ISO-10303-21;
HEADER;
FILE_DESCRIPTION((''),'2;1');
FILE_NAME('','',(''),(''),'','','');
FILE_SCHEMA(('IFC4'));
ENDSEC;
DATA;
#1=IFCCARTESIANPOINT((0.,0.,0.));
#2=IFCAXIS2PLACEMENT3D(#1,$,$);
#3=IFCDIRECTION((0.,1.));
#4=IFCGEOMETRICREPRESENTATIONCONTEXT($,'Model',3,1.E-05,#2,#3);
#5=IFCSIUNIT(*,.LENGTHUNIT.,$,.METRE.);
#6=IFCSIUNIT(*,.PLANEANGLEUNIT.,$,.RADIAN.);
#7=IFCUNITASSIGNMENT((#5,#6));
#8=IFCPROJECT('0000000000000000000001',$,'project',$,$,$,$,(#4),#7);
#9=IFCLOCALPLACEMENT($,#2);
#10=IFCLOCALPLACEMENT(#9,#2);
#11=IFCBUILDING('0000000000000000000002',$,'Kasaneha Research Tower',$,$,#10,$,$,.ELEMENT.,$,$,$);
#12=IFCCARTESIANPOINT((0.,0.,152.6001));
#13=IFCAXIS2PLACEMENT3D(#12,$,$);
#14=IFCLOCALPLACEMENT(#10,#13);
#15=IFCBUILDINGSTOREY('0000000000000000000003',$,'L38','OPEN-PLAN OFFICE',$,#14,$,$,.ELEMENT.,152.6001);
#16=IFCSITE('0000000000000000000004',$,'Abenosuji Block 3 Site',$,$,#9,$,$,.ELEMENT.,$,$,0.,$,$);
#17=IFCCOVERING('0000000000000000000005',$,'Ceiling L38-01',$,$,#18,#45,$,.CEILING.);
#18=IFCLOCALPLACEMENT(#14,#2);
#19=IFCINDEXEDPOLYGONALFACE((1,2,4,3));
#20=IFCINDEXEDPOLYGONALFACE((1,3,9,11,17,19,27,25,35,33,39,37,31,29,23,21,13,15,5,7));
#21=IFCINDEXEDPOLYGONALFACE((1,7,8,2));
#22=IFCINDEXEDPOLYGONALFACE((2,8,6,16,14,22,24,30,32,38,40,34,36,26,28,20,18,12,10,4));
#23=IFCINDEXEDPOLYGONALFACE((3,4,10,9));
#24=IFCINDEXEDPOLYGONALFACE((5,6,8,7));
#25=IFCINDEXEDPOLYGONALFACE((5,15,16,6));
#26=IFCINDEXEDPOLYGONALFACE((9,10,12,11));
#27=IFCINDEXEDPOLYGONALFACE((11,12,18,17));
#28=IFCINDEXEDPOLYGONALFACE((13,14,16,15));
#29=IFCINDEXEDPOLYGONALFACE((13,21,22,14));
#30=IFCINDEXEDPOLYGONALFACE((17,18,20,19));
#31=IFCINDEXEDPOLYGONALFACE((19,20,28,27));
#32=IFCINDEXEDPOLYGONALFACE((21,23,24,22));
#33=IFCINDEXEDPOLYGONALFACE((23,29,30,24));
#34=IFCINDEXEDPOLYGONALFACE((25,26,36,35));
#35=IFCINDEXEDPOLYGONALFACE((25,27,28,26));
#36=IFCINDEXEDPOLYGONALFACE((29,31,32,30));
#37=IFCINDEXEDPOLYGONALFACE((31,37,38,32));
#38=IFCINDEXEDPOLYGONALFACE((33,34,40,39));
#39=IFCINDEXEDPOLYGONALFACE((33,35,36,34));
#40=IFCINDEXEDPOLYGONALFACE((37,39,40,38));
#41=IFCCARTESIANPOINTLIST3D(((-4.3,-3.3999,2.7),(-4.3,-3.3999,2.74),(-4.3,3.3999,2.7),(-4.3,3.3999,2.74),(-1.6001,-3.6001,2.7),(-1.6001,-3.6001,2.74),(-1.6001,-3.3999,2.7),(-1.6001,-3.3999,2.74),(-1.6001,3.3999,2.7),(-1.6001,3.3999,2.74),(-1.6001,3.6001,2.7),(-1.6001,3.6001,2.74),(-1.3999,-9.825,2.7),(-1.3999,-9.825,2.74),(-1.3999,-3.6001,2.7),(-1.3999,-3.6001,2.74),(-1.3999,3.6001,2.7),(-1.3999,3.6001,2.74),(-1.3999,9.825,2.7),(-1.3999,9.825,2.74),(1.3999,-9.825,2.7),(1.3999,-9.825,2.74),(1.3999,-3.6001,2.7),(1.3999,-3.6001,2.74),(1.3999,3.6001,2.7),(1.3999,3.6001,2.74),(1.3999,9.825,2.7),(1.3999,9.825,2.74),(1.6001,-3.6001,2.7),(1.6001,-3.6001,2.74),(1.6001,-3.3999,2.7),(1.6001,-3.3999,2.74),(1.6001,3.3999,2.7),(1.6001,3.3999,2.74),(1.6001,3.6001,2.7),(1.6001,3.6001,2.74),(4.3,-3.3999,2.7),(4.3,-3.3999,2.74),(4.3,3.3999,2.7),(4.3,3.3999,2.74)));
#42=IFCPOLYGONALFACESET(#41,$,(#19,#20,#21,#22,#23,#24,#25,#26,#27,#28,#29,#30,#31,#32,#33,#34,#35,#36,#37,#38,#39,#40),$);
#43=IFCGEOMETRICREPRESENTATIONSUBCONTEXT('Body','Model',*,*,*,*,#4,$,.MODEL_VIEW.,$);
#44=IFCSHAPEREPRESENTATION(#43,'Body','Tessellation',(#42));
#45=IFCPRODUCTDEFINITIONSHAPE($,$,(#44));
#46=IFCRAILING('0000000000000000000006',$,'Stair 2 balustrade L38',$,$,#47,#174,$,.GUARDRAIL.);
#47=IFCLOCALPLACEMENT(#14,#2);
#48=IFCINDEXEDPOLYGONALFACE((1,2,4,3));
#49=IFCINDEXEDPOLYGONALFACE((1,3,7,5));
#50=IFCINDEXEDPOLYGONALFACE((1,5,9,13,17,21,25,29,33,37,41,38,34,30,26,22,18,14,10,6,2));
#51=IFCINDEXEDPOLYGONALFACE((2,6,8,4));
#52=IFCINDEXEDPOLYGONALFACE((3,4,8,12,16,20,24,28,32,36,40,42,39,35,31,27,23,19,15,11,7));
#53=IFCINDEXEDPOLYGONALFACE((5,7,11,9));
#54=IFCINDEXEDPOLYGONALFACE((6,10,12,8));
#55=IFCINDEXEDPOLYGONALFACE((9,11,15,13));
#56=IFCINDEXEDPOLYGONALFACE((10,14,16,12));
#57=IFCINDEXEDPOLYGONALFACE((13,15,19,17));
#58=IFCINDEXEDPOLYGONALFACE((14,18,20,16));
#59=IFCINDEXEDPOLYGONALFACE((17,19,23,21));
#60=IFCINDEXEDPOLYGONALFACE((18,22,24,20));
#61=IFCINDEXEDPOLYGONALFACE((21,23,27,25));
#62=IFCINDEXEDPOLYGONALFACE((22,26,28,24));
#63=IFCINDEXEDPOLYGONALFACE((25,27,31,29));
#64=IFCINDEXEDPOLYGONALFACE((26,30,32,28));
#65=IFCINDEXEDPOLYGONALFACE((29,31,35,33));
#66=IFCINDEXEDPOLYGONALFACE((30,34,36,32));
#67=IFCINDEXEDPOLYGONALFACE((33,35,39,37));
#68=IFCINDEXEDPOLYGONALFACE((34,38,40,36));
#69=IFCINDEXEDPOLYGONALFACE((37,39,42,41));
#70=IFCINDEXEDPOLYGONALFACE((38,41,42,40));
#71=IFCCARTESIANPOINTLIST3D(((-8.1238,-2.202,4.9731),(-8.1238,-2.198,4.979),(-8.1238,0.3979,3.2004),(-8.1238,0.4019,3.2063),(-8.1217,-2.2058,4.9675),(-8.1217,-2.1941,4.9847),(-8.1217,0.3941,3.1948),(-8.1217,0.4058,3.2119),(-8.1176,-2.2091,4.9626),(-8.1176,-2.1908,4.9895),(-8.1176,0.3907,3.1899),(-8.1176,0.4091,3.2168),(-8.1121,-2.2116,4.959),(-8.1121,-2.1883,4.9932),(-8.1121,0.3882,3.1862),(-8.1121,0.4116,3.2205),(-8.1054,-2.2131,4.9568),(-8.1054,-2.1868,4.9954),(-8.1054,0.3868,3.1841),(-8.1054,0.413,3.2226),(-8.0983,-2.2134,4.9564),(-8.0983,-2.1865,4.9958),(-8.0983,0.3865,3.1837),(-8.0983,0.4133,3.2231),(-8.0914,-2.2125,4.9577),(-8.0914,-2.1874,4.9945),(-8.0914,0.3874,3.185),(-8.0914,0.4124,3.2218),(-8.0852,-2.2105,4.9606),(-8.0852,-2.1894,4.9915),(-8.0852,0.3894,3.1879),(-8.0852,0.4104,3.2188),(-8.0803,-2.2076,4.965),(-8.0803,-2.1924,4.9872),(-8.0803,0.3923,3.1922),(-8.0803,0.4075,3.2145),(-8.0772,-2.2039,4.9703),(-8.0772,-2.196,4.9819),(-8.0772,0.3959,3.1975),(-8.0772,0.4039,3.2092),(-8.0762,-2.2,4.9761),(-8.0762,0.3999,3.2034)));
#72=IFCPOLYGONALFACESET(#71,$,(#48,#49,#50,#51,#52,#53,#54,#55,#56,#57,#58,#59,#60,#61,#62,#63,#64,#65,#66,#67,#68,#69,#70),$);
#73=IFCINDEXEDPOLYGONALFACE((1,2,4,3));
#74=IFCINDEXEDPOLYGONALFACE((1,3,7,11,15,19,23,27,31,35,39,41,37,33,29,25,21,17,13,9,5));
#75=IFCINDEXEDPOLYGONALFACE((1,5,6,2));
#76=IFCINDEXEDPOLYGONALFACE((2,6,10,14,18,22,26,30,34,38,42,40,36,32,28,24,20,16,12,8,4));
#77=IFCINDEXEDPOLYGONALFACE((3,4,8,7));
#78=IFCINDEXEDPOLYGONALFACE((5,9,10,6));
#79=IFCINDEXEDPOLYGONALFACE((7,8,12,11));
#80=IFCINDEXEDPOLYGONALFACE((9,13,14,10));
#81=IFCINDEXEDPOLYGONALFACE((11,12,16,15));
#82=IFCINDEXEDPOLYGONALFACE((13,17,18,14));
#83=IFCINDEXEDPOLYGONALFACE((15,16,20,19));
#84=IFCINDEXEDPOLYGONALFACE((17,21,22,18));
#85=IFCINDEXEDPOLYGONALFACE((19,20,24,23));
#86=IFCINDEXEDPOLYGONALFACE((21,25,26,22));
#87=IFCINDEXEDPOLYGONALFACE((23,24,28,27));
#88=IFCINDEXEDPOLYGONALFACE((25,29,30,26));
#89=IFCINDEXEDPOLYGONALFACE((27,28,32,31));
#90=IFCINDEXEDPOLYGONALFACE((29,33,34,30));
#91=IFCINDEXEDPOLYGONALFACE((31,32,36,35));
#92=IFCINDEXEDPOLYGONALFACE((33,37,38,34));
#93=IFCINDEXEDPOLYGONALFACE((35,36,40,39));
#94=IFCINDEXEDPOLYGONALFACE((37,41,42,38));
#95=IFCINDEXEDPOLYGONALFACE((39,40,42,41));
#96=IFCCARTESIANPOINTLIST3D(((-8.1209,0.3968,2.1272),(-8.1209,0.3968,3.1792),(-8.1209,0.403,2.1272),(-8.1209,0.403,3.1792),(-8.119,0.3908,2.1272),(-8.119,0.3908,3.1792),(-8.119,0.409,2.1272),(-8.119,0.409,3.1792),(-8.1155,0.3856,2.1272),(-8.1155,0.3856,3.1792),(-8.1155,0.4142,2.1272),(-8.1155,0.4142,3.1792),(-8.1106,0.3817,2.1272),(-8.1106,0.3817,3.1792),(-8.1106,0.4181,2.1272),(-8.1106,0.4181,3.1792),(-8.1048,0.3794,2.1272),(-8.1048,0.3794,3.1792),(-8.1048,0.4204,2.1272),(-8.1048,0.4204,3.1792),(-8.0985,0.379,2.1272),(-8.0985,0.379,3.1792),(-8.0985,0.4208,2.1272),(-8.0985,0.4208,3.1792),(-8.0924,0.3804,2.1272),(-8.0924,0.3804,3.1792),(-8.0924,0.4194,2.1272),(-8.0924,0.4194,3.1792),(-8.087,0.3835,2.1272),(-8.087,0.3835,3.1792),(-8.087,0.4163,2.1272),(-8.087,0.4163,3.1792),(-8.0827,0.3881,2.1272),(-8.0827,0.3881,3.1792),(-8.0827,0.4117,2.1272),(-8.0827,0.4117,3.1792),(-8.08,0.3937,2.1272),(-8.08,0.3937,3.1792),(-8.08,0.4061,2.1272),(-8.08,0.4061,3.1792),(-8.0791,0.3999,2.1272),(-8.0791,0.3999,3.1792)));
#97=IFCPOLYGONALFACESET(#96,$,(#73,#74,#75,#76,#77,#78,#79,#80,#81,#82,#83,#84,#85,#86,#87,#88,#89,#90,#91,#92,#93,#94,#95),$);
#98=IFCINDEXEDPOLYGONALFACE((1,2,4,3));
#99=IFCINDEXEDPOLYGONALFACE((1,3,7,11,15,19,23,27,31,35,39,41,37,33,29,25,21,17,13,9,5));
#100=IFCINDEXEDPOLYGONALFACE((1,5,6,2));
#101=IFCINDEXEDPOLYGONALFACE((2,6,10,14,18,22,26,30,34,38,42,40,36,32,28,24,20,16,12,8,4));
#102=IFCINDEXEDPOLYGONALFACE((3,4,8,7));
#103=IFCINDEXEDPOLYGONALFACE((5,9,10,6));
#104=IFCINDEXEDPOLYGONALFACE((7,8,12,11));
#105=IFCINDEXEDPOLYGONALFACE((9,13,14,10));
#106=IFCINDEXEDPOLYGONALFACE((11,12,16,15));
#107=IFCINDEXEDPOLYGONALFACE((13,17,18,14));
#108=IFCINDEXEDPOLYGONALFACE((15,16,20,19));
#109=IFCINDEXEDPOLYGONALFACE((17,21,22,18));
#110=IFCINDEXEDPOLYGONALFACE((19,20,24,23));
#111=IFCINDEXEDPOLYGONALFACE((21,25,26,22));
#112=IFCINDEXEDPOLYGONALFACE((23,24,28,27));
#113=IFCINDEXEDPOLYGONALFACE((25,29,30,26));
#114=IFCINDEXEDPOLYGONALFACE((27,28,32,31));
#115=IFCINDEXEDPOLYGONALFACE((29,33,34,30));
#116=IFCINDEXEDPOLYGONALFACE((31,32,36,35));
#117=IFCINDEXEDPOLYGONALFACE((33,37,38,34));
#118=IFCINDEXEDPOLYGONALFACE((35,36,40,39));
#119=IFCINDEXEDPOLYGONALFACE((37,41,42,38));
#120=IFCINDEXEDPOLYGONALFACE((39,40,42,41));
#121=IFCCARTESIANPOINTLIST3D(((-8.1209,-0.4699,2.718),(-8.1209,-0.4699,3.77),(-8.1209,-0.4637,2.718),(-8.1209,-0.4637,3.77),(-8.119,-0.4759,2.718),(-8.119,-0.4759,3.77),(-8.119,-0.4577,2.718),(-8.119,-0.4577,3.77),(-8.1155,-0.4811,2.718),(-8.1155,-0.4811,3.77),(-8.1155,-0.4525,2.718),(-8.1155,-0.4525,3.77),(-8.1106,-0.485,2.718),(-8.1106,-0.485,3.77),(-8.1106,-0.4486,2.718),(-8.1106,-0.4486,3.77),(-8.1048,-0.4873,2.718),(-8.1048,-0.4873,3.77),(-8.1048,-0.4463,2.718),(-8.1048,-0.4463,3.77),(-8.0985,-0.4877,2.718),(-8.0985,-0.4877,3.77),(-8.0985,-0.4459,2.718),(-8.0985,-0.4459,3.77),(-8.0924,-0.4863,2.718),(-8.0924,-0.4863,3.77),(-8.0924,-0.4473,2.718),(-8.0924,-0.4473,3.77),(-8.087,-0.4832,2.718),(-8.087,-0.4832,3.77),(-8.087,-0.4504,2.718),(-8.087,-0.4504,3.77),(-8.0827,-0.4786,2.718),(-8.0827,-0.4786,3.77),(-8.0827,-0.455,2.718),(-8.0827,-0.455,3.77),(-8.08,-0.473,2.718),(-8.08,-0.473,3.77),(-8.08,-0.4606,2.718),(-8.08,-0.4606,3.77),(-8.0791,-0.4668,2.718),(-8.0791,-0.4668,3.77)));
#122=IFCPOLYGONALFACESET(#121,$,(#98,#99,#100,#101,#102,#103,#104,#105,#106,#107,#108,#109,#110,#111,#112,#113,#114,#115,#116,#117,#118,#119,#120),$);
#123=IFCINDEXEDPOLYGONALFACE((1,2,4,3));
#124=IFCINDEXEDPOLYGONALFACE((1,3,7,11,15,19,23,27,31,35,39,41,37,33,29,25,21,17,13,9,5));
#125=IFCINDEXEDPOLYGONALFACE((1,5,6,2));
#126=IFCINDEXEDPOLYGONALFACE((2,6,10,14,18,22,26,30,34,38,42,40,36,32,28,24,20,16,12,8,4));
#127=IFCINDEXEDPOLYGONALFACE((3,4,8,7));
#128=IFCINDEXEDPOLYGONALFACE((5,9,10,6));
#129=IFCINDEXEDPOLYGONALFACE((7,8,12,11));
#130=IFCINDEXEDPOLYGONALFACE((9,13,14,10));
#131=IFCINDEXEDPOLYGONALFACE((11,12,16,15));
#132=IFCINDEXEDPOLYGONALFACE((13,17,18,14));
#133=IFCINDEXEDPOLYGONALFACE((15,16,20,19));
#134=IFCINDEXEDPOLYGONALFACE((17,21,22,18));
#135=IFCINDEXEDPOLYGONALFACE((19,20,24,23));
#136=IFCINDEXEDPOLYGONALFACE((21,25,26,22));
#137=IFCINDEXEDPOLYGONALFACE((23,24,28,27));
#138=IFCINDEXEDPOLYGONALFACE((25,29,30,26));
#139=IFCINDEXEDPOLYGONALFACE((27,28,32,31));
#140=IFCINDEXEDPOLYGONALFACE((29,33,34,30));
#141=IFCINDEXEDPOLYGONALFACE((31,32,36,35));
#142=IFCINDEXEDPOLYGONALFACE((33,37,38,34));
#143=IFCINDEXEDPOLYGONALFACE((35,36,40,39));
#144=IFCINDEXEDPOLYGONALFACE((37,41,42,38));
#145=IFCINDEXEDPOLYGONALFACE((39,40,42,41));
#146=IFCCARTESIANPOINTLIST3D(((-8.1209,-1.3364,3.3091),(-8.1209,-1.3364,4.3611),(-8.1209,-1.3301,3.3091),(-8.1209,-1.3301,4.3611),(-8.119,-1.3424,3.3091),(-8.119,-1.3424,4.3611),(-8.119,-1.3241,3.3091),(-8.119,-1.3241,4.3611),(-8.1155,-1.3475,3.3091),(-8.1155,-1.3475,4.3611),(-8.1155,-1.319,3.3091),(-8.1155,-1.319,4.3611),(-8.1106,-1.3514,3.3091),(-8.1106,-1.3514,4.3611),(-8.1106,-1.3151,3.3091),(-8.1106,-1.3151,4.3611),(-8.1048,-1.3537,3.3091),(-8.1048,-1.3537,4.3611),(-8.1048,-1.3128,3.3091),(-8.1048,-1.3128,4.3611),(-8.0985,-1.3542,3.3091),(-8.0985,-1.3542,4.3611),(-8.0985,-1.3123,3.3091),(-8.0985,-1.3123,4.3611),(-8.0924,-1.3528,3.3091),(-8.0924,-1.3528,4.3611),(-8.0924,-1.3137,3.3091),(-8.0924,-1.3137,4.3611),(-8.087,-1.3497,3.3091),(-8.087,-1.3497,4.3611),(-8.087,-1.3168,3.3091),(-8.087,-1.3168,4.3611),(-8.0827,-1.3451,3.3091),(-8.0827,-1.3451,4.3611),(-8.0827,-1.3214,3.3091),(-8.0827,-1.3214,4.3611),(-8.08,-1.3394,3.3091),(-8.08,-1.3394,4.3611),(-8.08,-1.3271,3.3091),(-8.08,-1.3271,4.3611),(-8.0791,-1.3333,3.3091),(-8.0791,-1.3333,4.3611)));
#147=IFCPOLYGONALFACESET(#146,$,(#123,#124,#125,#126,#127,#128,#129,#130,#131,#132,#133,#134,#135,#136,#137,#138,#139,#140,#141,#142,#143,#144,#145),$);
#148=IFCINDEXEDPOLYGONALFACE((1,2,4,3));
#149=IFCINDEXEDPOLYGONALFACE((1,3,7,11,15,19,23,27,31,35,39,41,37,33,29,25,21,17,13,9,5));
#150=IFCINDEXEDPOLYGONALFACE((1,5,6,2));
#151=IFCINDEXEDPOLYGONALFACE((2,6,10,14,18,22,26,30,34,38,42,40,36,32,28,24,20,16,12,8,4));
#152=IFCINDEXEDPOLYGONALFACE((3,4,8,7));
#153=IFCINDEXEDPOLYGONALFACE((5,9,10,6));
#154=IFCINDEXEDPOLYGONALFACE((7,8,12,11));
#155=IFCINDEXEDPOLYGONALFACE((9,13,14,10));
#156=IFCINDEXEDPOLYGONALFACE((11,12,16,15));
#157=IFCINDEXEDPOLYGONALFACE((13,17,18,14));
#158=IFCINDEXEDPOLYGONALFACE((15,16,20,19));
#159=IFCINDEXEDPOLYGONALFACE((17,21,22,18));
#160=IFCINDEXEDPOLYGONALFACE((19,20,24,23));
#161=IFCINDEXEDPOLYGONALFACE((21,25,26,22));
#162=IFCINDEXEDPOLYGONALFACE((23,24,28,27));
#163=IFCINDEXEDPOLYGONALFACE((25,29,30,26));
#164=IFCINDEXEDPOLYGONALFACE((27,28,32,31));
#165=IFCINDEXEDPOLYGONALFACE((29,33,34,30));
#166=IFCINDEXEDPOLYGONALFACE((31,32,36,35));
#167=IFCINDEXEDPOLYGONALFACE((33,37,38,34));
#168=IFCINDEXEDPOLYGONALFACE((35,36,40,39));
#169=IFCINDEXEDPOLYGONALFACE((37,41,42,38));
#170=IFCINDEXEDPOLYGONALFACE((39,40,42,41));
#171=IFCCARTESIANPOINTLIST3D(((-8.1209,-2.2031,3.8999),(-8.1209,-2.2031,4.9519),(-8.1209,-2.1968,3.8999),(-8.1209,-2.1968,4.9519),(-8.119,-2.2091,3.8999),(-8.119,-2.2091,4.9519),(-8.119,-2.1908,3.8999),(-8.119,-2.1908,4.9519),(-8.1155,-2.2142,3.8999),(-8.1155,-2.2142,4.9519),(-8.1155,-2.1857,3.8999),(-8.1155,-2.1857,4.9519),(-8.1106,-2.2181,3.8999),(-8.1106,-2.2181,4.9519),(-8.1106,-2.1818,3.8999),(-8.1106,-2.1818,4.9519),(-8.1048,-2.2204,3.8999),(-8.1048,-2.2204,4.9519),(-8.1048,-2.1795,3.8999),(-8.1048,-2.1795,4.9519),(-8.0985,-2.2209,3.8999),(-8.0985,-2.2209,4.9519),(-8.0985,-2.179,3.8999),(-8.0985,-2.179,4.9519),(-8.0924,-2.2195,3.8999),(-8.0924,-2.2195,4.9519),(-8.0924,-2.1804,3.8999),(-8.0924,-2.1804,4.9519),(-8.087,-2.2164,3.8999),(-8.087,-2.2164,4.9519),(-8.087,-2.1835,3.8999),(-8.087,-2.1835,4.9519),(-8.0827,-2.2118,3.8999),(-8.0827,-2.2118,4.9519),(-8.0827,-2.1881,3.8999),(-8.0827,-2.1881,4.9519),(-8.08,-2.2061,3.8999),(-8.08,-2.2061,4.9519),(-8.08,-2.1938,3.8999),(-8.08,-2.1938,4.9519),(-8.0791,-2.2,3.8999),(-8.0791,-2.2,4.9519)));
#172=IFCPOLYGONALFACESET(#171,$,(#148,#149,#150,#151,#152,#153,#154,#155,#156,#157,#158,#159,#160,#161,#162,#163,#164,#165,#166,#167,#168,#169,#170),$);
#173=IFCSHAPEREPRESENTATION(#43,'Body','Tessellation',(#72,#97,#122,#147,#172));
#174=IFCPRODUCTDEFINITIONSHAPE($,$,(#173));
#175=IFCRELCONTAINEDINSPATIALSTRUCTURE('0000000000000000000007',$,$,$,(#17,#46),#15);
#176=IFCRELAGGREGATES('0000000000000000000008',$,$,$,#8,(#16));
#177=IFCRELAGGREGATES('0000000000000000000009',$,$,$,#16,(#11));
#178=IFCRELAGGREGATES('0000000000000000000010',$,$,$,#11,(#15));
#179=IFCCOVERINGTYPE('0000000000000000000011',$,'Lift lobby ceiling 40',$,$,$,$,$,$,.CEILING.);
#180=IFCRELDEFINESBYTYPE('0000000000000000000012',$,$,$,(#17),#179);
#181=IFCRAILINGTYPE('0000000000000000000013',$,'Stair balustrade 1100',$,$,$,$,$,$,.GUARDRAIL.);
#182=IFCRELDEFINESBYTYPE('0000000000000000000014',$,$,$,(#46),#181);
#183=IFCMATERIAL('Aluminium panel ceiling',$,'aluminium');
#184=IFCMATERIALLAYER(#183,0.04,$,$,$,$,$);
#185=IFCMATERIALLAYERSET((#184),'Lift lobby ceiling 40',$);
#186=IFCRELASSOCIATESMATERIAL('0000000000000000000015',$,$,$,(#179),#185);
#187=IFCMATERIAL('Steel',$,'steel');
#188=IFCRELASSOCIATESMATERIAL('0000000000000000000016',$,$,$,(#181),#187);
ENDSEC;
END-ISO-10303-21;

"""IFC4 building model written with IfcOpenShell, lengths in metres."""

from ifc_helpers import new_model, si_unit, direction, frame, origin, origin_2d, place, context, subcontext, project, spatial, polyline, circle, outline, extrude, material, layer, layer_set, type_object, element, save


model = new_model("IFC4")

# Units and contexts
model_context = context("Model", 3, precision=1e-05, world=origin(), true_north=direction((0.0, 1.0)))
body_context = subcontext(model_context, "Body", "Model", "MODEL_VIEW")
ifc_project = project(units=[si_unit("LENGTHUNIT", "METRE"), si_unit("PLANEANGLEUNIT", "RADIAN")], contexts=[model_context])

# Site, building, storey
site_placement = place(None, origin())
site = spatial("IfcSite", under=ifc_project, at=site_placement, Name="Abenosuji Block 3 Site", CompositionType="ELEMENT", RefElevation=0.0)
building_placement = place(site_placement, origin())
building = spatial("IfcBuilding", under=site, at=building_placement, Name="Kasaneha Research Tower", CompositionType="ELEMENT")
storey_placement = place(building_placement, frame((0.0, 0.0, 152.6001)))
storey = spatial("IfcBuildingStorey", under=building, at=storey_placement, Name="L38", Description="OPEN-PLAN OFFICE", CompositionType="ELEMENT", Elevation=152.6001)

# Covering
ifc_material_1 = material(Name="Aluminium panel ceiling", Category="aluminium")
ifc_layer_1 = layer(ifc_material_1, 0.04)
ifc_layer_set_1 = layer_set([ifc_layer_1], Name="Lift lobby ceiling 40")
covering_type_1 = type_object("IfcCoveringType", Name="Lift lobby ceiling 40", PredefinedType="CEILING", material=ifc_layer_set_1)
covering_1_placement = place(storey_placement, frame((0.0, 0.0, 2.7)))
element("IfcCovering", 1, at=covering_1_placement, inside=storey, type_object=covering_type_1, Name="Ceiling L38-01", PredefinedType="CEILING", context=body_context, shape_type="SweptSolid", body=[
    extrude(outline(polyline([(1.3999, 9.825), (1.3999, 3.6001), (1.6001, 3.6001), (1.6001, 3.3999), (4.3, 3.3999), (4.3, -3.3999), (1.6001, -3.3999), (1.6001, -3.6001), (1.3999, -3.6001), (1.3999, -9.825), (-1.3999, -9.825), (-1.3999, -3.6001), (-1.6001, -3.6001), (-1.6001, -3.3999), (-4.3, -3.3999), (-4.3, 3.3999), (-1.6001, 3.3999), (-1.6001, 3.6001), (-1.3999, 3.6001), (-1.3999, 9.825), (1.3999, 9.825)])), origin(), (0.0, 0.0, 1.0), 0.04),
])

# Railing
ifc_material_2 = material(Name="Steel", Category="steel")
railing_type_1 = type_object("IfcRailingType", Name="Stair balustrade 1100", PredefinedType="GUARDRAIL", material=ifc_material_2)
railing_1_placement = place(storey_placement, frame((-8.1001, 0.3999, 2.1272)))
element("IfcRailing", 2, at=railing_1_placement, inside=storey, type_object=railing_type_1, Name="Stair 2 balustrade L38", PredefinedType="GUARDRAIL", context=body_context, shape_type="SweptSolid", body=[
    extrude(circle(Radius=0.0239, at=origin_2d()), frame((0.0, 0.0, 1.0762), z_axis=(0.0, -0.826216, 0.563354), x_axis=(1.0, 0.0, 0.0)), (0.0, 0.0, 1.0), 3.1467),
    extrude(circle(Radius=0.021, at=origin_2d()), origin(), (0.0, 0.0, 1.0), 1.052),
    extrude(circle(Radius=0.021, at=origin_2d()), frame((0.0, -0.8667, 0.5908)), (0.0, 0.0, 1.0), 1.052),
    extrude(circle(Radius=0.021, at=origin_2d()), frame((0.0, -1.7332, 1.1819)), (0.0, 0.0, 1.0), 1.052),
    extrude(circle(Radius=0.021, at=origin_2d()), frame((0.0, -2.5999, 1.7727)), (0.0, 0.0, 1.0), 1.052),
])

save(model, "model.ifc")
